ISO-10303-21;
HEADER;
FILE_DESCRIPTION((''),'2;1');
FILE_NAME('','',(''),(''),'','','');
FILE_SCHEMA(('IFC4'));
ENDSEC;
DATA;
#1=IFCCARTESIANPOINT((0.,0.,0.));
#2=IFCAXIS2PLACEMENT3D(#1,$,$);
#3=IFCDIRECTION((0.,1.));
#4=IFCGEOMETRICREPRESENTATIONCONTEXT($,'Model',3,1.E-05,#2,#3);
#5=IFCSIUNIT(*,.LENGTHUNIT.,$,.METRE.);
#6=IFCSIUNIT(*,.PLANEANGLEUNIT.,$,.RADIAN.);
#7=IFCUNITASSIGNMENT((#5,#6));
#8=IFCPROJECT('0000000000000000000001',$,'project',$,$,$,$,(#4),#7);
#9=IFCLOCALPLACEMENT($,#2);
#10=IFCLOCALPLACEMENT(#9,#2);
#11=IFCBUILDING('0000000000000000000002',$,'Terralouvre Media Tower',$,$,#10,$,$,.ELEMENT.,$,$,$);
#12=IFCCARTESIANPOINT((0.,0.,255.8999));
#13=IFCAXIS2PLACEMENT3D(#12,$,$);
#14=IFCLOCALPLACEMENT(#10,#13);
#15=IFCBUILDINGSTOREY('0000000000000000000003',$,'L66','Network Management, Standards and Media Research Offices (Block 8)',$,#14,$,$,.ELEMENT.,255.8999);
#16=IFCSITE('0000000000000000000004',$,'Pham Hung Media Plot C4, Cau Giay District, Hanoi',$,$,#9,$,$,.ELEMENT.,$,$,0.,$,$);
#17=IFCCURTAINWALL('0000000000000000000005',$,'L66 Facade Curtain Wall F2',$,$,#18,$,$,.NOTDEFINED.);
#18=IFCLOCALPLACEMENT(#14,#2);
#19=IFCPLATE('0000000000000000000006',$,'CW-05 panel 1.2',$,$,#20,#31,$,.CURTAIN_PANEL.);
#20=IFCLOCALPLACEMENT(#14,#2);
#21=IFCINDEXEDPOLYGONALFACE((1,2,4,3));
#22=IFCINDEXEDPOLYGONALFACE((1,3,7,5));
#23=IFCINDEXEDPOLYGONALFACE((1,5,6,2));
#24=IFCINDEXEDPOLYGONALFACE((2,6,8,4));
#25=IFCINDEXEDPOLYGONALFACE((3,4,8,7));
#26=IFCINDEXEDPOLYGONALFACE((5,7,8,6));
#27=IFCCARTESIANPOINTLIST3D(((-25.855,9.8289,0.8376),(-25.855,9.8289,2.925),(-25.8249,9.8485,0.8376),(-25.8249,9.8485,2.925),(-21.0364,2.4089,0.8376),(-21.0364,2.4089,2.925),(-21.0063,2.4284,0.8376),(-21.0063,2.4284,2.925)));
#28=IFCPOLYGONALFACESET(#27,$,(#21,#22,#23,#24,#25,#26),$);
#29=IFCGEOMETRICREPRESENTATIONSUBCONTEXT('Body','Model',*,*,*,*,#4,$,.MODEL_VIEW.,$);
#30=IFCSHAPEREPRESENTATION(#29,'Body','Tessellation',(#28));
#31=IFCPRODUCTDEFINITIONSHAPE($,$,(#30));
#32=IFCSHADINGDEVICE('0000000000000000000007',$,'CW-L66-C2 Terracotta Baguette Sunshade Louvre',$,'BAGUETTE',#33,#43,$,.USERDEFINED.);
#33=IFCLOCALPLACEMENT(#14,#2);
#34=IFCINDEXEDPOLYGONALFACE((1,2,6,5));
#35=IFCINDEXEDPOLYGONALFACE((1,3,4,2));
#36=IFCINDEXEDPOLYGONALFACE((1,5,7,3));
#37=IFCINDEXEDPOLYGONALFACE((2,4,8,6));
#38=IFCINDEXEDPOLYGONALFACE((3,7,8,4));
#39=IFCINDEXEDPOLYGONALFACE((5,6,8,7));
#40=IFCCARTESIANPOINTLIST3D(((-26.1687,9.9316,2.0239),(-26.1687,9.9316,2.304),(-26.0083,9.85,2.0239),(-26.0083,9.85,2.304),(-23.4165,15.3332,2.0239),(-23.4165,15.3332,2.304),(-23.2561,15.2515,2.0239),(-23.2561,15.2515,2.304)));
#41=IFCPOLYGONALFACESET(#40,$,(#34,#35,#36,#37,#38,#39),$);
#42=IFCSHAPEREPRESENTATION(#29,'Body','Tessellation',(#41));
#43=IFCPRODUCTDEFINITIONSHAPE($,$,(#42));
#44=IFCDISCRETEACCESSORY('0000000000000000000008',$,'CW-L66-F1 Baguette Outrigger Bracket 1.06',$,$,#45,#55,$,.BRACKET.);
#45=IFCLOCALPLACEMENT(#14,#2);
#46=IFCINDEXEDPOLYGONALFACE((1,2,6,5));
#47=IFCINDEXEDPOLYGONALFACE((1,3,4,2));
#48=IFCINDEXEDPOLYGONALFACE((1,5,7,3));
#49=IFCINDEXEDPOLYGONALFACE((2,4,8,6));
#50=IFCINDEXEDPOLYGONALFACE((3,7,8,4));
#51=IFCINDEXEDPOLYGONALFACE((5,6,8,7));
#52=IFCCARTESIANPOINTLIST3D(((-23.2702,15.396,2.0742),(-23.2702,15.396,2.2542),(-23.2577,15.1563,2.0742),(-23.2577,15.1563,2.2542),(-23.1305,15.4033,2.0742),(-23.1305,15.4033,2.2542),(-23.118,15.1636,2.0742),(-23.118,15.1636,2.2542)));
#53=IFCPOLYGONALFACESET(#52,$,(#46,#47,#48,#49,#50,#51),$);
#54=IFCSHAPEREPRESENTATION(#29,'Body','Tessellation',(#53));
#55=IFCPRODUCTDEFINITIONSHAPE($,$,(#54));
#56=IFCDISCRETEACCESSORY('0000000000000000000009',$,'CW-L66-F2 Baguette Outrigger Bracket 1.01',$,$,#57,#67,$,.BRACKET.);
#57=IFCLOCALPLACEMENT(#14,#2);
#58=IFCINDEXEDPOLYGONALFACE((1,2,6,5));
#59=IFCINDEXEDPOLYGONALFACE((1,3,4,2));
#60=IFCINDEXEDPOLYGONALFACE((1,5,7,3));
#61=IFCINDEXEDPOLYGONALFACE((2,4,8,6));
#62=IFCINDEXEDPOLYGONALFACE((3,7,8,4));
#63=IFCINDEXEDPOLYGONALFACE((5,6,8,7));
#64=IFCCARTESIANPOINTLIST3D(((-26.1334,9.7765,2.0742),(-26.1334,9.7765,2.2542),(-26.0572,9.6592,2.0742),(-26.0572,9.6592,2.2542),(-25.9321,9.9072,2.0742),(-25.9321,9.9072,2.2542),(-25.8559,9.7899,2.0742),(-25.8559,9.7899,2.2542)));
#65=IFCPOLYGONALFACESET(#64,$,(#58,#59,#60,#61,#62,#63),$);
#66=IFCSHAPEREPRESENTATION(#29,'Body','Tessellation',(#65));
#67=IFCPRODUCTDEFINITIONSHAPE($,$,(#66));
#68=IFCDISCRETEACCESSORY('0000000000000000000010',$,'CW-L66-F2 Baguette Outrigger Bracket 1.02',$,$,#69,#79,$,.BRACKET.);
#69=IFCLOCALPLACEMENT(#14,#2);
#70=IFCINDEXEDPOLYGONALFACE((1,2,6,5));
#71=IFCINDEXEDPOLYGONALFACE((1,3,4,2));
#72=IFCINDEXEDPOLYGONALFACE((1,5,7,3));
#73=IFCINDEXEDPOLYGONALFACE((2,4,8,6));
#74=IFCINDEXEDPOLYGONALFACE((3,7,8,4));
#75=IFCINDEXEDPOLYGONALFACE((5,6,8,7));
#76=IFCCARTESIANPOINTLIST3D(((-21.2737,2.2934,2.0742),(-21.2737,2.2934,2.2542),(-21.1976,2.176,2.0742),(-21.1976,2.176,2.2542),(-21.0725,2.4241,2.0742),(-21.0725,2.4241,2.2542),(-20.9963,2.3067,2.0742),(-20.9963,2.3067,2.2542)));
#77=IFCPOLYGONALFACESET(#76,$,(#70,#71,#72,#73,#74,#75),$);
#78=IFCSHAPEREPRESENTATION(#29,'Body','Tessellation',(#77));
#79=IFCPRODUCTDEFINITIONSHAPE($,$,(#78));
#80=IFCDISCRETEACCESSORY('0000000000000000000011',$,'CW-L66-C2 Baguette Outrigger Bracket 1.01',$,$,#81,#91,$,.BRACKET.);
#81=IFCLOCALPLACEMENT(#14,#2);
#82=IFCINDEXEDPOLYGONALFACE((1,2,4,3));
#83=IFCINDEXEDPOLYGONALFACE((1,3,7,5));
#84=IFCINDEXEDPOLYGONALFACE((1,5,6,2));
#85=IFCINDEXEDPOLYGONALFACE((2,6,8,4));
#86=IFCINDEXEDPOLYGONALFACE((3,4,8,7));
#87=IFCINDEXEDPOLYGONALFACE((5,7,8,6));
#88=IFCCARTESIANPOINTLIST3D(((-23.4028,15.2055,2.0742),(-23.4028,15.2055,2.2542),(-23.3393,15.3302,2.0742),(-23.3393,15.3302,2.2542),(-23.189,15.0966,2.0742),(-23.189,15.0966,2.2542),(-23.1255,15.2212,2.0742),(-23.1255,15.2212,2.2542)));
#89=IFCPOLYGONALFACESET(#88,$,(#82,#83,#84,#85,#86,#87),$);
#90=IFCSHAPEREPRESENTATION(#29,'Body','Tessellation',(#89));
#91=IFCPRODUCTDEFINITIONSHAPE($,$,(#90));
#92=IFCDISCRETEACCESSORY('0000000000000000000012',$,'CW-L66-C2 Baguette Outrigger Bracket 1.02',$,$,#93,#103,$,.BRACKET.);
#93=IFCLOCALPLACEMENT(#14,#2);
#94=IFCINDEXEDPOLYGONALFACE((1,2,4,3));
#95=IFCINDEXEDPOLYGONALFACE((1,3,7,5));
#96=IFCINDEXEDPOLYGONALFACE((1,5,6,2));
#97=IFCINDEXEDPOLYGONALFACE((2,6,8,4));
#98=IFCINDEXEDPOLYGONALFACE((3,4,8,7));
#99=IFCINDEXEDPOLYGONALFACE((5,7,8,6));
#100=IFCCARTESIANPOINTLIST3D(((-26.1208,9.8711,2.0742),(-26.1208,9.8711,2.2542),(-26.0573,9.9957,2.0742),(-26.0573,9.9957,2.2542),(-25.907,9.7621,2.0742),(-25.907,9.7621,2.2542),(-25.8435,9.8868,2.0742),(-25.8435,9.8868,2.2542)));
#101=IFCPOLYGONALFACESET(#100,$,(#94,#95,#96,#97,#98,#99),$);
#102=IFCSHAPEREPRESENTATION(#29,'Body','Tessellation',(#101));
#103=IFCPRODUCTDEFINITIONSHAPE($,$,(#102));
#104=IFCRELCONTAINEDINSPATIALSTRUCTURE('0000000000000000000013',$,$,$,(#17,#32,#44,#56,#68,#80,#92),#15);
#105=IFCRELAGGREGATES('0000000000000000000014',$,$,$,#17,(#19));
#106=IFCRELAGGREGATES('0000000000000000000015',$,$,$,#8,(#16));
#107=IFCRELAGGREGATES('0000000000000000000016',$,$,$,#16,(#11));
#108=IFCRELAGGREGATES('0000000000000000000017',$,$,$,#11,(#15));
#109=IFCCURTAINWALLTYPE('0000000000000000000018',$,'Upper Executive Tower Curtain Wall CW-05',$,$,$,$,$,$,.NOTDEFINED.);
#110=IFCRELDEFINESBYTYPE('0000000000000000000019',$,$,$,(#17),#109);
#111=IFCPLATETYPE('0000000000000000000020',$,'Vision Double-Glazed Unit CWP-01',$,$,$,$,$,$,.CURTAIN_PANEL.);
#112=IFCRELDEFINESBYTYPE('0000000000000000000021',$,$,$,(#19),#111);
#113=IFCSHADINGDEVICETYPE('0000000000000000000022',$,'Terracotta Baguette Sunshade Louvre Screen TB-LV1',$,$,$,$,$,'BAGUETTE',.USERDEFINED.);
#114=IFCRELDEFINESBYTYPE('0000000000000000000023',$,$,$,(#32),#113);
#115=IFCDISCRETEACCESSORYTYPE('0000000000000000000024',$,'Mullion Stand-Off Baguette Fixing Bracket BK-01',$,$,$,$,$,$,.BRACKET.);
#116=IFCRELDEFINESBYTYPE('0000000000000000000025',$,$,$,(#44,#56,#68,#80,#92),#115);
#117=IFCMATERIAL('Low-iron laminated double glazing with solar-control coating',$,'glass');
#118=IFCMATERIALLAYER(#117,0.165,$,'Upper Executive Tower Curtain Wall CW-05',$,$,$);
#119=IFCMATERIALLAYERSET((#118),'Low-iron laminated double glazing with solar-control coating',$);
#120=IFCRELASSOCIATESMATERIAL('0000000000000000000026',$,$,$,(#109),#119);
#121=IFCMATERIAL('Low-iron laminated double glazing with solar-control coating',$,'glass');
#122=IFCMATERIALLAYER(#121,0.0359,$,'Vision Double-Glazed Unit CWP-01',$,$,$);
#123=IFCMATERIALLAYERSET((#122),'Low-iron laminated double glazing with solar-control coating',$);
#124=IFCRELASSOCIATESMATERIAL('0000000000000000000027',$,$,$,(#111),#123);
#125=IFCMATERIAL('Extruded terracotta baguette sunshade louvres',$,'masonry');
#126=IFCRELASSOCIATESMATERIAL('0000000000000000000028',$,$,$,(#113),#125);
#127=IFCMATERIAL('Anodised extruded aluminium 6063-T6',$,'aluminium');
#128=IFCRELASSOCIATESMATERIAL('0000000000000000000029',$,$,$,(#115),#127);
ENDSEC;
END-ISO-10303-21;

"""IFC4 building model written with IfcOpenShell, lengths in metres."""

from ifc_helpers import new_model, si_unit, direction, frame, origin, origin_2d, place, context, subcontext, project, spatial, rectangle, extrude, material, layer, layer_set, type_object, element, aggregate, save


model = new_model("IFC4")

# Units and contexts
model_context = context("Model", 3, precision=1e-05, world=origin(), true_north=direction((0.0, 1.0)))
body_context = subcontext(model_context, "Body", "Model", "MODEL_VIEW")
ifc_project = project(units=[si_unit("LENGTHUNIT", "METRE"), si_unit("PLANEANGLEUNIT", "RADIAN")], contexts=[model_context])

# Site, building, storey
site_placement = place(None, origin())
site = spatial("IfcSite", under=ifc_project, at=site_placement, Name="Pham Hung Media Plot C4, Cau Giay District, Hanoi", CompositionType="ELEMENT", RefElevation=0.0)
building_placement = place(site_placement, origin())
building = spatial("IfcBuilding", under=site, at=building_placement, Name="Terralouvre Media Tower", CompositionType="ELEMENT")
storey_placement = place(building_placement, frame((0.0, 0.0, 255.8999)))
storey = spatial("IfcBuildingStorey", under=building, at=storey_placement, Name="L66", Description="Network Management, Standards and Media Research Offices (Block 8)", CompositionType="ELEMENT", Elevation=255.8999)

# Curtain wall
ifc_material_1 = material(Name="Low-iron laminated double glazing with solar-control coating", Category="glass")
ifc_layer_1 = layer(ifc_material_1, 0.165, Name="Upper Executive Tower Curtain Wall CW-05")
ifc_layer_set_1 = layer_set([ifc_layer_1], Name="Low-iron laminated double glazing with solar-control coating")
curtain_wall_type_1 = type_object("IfcCurtainWallType", Name="Upper Executive Tower Curtain Wall CW-05", PredefinedType="NOTDEFINED", material=ifc_layer_set_1)
curtain_wall_1_placement = place(storey_placement, origin())
curtain_wall_1 = element("IfcCurtainWall", 1, at=curtain_wall_1_placement, inside=storey, type_object=curtain_wall_type_1, Name="L66 Facade Curtain Wall F2", PredefinedType="NOTDEFINED")

# Plate
ifc_material_2 = material(Name="Low-iron laminated double glazing with solar-control coating", Category="glass")
ifc_layer_2 = layer(ifc_material_2, 0.0359, Name="Vision Double-Glazed Unit CWP-01")
ifc_layer_set_2 = layer_set([ifc_layer_2], Name="Low-iron laminated double glazing with solar-control coating")
plate_type_1 = type_object("IfcPlateType", Name="Vision Double-Glazed Unit CWP-01", PredefinedType="CURTAIN_PANEL", material=ifc_layer_set_2)
plate_1_placement = place(storey_placement, frame((-23.4307, 6.1287, 0.8376), z_axis=(0.0, 0.0, 1.0), x_axis=(0.544639, -0.838671, 0.0)))
plate_1 = element("IfcPlate", 2, at=plate_1_placement, type_object=plate_type_1, Name="CW-05 panel 1.2", PredefinedType="CURTAIN_PANEL", context=body_context, shape_type="SweptSolid", body=[
    extrude(rectangle(XDim=8.8474, YDim=0.0359, at=origin_2d()), origin(), (0.0, 0.0, 1.0), 2.0874),
])
aggregate(curtain_wall_1, [plate_1])

# Shading device
ifc_material_3 = material(Name="Extruded terracotta baguette sunshade louvres", Category="masonry")
shading_device_type = type_object("IfcShadingDeviceType", Name="Terracotta Baguette Sunshade Louvre Screen TB-LV1", ElementType="BAGUETTE", PredefinedType="USERDEFINED", material=ifc_material_3)
shading_device_placement = place(storey_placement, frame((-24.7124, 12.5916, 2.0239), z_axis=(0.0, 0.0, 1.0), x_axis=(-0.45399, -0.891007, 0.0)))
element("IfcShadingDevice", 3, at=shading_device_placement, inside=storey, type_object=shading_device_type, Name="CW-L66-C2 Terracotta Baguette Sunshade Louvre", ObjectType="BAGUETTE", PredefinedType="USERDEFINED", context=body_context, shape_type="SweptSolid", body=[
    extrude(rectangle(XDim=6.0623, YDim=0.1799, at=origin_2d()), origin(), (0.0, 0.0, 1.0), 0.28),
])

# Discrete accessories
ifc_material_4 = material(Name="Anodised extruded aluminium 6063-T6", Category="aluminium")
discrete_accessory_type = type_object("IfcDiscreteAccessoryType", Name="Mullion Stand-Off Baguette Fixing Bracket BK-01", PredefinedType="BRACKET", material=ifc_material_4)
for number, where, z_axis, x_axis, name in (
    (4, (-23.1941, 15.2798, 2.0742), (0.0, 0.0, 1.0), (-0.99863, -0.052336, 0.0), "CW-L66-F1 Baguette Outrigger Bracket 1.06"),
    (5, (-25.9946, 9.7832, 2.0742), (0.0, 0.0, 1.0), (0.544639, -0.838671, 0.0), "CW-L66-F2 Baguette Outrigger Bracket 1.01"),
    (6, (-21.135, 2.3, 2.0742), (0.0, 0.0, 1.0), (0.544639, -0.838671, 0.0), "CW-L66-F2 Baguette Outrigger Bracket 1.02"),
    (7, (-23.2642, 15.2134, 2.0742), (0.0, 0.0, 1.0), (-0.45399, -0.891007, 0.0), "CW-L66-C2 Baguette Outrigger Bracket 1.01"),
    (8, (-25.9822, 9.8789, 2.0742), (0.0, 0.0, 1.0), (-0.45399, -0.891007, 0.0), "CW-L66-C2 Baguette Outrigger Bracket 1.02"),
):
    element("IfcDiscreteAccessory", number, at=place(storey_placement, frame(where, z_axis=z_axis, x_axis=x_axis)), inside=storey, type_object=discrete_accessory_type, Name=name, PredefinedType="BRACKET", context=body_context, shape_type="SweptSolid", body=[
        extrude(rectangle(XDim=0.1399, YDim=0.24, at=origin_2d()), origin(), (0.0, 0.0, 1.0), 0.1799),
    ])

save(model, "model.ifc")
